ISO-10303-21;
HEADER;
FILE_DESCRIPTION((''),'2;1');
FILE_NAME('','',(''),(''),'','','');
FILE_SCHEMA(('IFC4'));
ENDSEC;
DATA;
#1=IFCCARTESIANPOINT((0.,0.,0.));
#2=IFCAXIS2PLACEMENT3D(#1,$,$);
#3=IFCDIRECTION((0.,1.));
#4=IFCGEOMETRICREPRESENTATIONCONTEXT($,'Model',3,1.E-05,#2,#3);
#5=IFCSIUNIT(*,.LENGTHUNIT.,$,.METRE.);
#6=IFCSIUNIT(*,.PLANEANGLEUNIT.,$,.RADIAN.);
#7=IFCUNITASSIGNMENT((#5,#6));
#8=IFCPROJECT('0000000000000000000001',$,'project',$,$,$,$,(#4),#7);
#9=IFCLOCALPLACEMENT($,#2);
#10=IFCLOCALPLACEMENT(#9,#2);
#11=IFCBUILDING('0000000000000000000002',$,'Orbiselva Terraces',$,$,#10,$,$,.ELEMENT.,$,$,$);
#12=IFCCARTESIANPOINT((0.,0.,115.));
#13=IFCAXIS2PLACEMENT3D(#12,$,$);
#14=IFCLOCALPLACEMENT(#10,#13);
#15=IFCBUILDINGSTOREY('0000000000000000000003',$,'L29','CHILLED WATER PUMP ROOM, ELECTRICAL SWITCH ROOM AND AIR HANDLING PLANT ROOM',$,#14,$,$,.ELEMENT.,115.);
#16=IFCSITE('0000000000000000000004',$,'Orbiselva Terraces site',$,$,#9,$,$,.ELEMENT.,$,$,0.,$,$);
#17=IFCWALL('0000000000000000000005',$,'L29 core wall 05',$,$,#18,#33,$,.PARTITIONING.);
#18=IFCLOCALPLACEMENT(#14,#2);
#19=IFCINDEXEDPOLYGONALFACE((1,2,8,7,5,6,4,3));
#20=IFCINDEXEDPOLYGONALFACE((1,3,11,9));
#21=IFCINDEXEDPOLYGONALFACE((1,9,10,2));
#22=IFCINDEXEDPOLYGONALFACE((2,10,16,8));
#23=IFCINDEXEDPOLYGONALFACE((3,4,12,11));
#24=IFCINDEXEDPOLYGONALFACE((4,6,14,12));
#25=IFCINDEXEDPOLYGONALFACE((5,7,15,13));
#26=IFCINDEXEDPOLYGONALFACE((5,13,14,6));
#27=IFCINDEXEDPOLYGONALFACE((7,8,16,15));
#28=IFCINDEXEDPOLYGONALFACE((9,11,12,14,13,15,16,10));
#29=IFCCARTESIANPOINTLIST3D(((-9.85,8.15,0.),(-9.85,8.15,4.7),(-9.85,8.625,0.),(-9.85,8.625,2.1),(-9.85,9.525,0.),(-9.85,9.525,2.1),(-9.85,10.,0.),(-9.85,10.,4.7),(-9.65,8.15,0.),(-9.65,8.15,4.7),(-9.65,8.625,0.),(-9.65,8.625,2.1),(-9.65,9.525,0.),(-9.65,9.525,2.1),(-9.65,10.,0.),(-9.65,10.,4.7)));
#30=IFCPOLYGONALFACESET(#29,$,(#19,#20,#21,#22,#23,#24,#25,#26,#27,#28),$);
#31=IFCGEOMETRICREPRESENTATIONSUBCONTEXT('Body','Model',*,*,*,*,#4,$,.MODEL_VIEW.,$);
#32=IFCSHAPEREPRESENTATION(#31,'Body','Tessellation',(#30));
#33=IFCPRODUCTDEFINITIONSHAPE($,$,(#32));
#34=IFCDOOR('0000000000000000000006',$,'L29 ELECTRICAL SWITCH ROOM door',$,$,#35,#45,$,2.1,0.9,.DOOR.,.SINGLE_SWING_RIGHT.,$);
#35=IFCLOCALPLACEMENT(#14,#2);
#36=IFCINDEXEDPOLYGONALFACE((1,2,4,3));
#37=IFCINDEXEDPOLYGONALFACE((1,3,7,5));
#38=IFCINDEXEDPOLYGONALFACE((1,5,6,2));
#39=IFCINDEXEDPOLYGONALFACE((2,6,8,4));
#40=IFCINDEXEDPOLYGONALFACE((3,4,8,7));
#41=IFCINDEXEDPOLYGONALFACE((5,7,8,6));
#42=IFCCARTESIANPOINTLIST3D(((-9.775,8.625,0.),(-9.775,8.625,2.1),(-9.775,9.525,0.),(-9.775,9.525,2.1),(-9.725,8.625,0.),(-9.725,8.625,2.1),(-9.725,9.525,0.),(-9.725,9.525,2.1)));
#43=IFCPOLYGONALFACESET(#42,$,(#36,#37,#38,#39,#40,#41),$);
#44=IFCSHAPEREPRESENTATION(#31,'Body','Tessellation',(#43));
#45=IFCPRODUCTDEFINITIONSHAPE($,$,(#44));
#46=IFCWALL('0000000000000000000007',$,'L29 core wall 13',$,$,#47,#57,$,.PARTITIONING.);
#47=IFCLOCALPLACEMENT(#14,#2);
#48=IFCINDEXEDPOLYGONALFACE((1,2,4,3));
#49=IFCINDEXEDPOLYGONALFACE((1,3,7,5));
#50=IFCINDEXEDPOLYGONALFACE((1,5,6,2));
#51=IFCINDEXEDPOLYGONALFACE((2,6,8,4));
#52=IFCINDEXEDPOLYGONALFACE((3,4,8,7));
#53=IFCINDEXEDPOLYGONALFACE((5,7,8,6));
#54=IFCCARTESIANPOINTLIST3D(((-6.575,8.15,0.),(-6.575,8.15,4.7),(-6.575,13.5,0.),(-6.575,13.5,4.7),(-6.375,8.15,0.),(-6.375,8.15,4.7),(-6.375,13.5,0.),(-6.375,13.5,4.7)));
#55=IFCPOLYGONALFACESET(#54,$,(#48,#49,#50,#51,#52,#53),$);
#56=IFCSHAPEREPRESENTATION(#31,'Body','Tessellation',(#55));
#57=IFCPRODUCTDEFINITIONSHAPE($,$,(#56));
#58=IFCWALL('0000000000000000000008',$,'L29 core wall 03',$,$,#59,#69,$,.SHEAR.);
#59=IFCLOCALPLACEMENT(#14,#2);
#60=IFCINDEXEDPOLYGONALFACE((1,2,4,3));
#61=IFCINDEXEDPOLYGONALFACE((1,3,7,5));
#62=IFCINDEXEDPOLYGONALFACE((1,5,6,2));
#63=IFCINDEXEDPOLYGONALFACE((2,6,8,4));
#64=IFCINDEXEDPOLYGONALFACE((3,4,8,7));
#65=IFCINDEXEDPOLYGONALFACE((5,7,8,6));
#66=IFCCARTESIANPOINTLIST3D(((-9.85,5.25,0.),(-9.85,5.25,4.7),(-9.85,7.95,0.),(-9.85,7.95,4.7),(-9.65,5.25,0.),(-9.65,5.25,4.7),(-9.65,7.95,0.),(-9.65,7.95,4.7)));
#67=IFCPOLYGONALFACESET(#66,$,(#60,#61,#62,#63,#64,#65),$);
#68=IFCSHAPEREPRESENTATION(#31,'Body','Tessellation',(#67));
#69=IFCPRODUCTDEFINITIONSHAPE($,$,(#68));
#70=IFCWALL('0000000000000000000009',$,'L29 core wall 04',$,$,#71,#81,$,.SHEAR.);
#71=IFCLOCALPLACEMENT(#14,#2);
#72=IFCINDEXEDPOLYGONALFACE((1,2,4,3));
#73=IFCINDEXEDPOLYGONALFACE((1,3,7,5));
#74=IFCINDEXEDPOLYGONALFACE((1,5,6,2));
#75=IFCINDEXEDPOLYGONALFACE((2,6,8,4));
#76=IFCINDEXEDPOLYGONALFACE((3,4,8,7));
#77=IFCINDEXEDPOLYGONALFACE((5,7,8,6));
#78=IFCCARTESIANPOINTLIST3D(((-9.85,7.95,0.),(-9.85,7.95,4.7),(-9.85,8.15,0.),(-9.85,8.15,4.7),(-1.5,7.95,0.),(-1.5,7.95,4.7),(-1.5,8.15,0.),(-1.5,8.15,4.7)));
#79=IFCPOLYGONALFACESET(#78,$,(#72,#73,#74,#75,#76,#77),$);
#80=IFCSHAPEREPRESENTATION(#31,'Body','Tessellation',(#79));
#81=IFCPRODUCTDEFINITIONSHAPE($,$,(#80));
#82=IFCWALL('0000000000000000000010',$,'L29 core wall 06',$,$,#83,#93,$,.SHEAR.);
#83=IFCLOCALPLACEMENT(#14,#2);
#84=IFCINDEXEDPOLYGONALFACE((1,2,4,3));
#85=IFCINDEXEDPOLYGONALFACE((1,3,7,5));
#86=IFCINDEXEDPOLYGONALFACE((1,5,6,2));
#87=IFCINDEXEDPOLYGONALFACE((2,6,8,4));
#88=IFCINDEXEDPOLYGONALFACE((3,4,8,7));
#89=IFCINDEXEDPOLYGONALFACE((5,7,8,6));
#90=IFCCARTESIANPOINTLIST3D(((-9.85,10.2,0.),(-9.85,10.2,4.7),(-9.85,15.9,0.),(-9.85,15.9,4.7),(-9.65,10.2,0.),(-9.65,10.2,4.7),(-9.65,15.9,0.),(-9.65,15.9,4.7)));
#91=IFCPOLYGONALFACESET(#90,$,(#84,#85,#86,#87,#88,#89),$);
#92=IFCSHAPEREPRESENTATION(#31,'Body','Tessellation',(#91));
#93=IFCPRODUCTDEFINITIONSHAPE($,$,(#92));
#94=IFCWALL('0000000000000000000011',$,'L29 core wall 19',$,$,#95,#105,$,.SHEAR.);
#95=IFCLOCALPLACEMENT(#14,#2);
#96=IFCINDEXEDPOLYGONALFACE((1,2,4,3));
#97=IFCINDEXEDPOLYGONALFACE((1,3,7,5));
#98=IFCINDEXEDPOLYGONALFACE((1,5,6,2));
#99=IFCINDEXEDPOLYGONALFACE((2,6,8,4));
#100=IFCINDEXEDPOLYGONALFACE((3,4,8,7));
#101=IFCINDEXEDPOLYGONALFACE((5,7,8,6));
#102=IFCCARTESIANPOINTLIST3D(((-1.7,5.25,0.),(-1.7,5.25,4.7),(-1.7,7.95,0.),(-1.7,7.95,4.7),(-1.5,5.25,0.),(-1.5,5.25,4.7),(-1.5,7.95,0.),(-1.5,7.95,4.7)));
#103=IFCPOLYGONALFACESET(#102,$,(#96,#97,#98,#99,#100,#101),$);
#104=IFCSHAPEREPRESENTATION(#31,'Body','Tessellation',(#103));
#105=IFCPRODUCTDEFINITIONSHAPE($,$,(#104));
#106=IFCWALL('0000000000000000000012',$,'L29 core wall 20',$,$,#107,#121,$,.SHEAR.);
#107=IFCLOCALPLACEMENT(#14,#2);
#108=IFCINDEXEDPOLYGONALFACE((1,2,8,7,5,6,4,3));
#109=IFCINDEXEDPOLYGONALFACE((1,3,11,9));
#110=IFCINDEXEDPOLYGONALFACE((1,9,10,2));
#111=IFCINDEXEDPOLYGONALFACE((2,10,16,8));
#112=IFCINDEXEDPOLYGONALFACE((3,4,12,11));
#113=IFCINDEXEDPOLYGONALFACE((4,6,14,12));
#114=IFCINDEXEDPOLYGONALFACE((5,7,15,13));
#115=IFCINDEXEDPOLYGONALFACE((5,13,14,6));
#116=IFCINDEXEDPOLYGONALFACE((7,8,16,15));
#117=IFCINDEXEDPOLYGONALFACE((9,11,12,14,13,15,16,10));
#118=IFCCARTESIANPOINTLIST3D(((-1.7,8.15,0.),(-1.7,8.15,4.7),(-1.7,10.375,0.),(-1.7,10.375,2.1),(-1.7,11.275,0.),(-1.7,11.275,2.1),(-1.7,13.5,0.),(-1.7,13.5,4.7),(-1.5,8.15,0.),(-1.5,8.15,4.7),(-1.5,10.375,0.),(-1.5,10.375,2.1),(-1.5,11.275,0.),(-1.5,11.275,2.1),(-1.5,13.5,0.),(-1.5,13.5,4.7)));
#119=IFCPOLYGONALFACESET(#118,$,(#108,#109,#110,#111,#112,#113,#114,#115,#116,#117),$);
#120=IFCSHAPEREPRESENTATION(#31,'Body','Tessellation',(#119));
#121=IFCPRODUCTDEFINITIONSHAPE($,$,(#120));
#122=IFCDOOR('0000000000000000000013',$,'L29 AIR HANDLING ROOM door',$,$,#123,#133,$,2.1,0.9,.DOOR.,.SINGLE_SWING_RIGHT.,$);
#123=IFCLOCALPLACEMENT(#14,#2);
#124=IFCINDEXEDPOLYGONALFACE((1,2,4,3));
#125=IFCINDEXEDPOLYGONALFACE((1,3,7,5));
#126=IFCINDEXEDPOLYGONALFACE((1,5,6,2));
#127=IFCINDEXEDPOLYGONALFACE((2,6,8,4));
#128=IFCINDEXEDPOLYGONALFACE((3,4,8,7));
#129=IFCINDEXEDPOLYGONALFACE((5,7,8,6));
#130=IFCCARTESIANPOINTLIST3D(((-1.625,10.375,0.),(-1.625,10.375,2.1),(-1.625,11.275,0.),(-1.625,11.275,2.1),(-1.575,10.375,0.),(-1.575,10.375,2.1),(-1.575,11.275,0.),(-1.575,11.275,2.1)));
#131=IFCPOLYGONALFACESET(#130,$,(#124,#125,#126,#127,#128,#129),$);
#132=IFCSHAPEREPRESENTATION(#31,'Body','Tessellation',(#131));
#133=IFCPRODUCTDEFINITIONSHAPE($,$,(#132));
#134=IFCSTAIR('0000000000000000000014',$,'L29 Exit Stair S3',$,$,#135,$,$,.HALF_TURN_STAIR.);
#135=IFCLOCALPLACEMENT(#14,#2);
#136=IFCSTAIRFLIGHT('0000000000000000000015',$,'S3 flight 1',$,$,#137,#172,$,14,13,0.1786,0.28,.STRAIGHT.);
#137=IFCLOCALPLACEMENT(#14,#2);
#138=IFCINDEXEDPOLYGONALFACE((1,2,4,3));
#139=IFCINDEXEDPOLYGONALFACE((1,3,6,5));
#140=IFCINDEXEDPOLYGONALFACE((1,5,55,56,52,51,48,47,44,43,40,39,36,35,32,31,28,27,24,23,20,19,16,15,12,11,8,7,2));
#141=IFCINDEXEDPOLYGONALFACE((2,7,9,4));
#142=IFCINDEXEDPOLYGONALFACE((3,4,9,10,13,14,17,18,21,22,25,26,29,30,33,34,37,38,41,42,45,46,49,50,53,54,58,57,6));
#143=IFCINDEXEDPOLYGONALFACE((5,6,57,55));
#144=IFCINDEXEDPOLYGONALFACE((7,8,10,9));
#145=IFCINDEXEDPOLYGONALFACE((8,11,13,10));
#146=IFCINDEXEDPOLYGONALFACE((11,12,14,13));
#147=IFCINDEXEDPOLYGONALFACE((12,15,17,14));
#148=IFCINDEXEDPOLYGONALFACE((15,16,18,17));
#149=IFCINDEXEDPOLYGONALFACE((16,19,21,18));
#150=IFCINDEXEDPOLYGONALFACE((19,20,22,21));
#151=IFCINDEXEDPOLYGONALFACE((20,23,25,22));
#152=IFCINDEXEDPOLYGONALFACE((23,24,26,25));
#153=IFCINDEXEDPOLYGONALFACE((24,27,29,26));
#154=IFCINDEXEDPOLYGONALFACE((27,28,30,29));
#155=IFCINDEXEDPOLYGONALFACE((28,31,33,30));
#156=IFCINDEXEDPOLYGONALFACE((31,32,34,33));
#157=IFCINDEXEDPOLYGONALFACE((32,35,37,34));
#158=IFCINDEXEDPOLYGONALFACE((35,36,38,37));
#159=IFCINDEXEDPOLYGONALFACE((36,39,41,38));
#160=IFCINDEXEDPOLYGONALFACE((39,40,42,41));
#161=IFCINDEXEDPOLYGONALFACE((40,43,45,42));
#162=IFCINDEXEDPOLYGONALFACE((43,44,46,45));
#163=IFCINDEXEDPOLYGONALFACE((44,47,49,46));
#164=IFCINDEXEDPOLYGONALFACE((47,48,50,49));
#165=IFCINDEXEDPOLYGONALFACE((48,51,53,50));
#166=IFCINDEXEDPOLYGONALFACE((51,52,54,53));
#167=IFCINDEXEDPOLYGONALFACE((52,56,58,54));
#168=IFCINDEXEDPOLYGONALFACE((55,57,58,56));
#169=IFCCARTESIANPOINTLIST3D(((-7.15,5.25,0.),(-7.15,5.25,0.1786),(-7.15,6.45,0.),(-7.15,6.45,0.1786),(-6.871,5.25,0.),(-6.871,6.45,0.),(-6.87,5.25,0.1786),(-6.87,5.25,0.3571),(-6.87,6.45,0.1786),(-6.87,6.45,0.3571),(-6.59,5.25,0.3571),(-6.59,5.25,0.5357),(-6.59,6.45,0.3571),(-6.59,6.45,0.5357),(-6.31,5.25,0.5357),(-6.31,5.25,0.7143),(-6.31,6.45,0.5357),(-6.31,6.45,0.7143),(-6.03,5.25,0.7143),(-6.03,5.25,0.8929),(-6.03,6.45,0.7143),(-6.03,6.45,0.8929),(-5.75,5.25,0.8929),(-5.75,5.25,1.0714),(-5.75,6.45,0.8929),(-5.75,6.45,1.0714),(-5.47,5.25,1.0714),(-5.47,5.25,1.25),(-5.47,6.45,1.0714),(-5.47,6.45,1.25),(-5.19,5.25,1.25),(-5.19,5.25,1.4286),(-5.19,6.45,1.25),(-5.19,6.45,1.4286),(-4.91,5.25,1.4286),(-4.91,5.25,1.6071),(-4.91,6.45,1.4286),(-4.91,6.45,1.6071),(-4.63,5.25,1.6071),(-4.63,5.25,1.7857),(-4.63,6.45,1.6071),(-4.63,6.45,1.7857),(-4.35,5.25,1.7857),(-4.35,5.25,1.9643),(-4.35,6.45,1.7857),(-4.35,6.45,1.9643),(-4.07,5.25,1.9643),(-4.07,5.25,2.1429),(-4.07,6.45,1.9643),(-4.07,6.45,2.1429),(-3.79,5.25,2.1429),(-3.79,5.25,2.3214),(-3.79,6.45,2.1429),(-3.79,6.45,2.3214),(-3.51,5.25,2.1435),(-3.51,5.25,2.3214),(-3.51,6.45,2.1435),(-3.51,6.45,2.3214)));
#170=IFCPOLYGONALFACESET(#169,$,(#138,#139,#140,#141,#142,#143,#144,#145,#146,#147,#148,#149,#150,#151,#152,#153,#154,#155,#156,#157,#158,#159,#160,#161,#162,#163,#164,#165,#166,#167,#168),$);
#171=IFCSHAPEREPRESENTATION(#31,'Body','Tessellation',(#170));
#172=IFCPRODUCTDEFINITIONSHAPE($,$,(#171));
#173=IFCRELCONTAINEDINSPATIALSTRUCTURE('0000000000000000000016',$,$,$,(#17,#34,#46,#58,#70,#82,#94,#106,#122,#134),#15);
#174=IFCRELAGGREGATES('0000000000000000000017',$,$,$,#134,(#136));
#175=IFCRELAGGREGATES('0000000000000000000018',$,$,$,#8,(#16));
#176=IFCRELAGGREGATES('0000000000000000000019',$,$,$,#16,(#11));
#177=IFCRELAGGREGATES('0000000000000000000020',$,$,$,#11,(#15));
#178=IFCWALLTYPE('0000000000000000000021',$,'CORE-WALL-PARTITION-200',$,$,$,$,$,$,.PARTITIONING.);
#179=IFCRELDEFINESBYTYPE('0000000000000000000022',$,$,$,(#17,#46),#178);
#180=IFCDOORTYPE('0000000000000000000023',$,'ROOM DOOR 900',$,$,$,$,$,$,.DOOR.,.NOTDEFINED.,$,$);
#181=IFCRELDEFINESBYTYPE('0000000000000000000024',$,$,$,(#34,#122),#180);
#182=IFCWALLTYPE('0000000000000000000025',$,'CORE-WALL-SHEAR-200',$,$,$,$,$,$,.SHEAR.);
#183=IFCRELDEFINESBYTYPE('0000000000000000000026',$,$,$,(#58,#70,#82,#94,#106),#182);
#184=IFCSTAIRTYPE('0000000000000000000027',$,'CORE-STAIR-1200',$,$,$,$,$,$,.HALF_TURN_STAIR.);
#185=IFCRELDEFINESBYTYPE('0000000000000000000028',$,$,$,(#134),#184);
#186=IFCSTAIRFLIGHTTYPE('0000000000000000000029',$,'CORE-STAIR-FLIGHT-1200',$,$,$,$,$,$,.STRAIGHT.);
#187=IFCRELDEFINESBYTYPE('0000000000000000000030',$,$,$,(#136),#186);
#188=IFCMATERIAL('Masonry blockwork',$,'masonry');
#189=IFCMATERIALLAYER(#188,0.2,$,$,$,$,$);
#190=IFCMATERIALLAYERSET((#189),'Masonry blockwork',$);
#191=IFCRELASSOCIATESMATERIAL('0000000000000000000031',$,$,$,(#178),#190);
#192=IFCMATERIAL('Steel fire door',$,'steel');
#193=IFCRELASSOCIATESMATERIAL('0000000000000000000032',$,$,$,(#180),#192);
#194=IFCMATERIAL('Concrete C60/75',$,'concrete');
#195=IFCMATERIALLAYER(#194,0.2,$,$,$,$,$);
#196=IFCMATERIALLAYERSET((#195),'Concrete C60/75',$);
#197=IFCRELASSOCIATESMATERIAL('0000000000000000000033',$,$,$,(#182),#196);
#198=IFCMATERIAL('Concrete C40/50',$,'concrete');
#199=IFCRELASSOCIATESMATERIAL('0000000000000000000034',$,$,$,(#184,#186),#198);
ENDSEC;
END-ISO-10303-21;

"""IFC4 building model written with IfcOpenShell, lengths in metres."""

from ifc_helpers import new_model, si_unit, direction, frame, frame_2d, origin, place, context, subcontext, project, spatial, polyline, rectangle, outline, extrude, material, layer, layer_set, type_object, element, fill, aggregate, save


model = new_model("IFC4")

# Units and contexts
model_context = context("Model", 3, precision=1e-05, world=origin(), true_north=direction((0.0, 1.0)))
body_context = subcontext(model_context, "Body", "Model", "MODEL_VIEW")
ifc_project = project(units=[si_unit("LENGTHUNIT", "METRE"), si_unit("PLANEANGLEUNIT", "RADIAN")], contexts=[model_context])

# Site, building, storey
site_placement = place(None, origin())
site = spatial("IfcSite", under=ifc_project, at=site_placement, Name="Orbiselva Terraces site", CompositionType="ELEMENT", RefElevation=0.0)
building_placement = place(site_placement, origin())
building = spatial("IfcBuilding", under=site, at=building_placement, Name="Orbiselva Terraces", CompositionType="ELEMENT")
storey_placement = place(building_placement, frame((0.0, 0.0, 115.0)))
storey = spatial("IfcBuildingStorey", under=building, at=storey_placement, Name="L29", Description="CHILLED WATER PUMP ROOM, ELECTRICAL SWITCH ROOM AND AIR HANDLING PLANT ROOM", CompositionType="ELEMENT", Elevation=115.0)

# Wall, opening, door
ifc_material_1 = material(Name="Masonry blockwork", Category="masonry")
ifc_layer_1 = layer(ifc_material_1, 0.2)
ifc_layer_set_1 = layer_set([ifc_layer_1], Name="Masonry blockwork")
wall_type_1 = type_object("IfcWallType", Name="CORE-WALL-PARTITION-200", PredefinedType="PARTITIONING", material=ifc_layer_set_1)
wall_1_placement = place(storey_placement, frame((-9.75, 8.15, 0.0), z_axis=(0.0, 0.0, 1.0), x_axis=(0.0, 1.0, 0.0)))
wall_1 = element("IfcWall", 1, at=wall_1_placement, inside=storey, type_object=wall_type_1, Name="L29 core wall 05", PredefinedType="PARTITIONING", context=body_context, shape_type="SweptSolid", body=[
    extrude(rectangle(XDim=1.85, YDim=0.2, at=frame_2d((0.925, 0.0))), origin(), (0.0, 0.0, 1.0), 4.7),
])
opening_1_placement = place(wall_1_placement, frame((0.475, 0.0, 0.0)))
opening_1 = element("IfcOpeningElement", 2, at=opening_1_placement, cuts=wall_1, PredefinedType="OPENING", context=body_context, shape_type="SweptSolid", body=[
    extrude(rectangle(XDim=0.9, YDim=2.1, at=frame_2d((0.45, 1.05))), frame((0.0, 0.11, 0.0), z_axis=(0.0, -1.0, 0.0), x_axis=(1.0, 0.0, 0.0)), (0.0, 0.0, 1.0), 0.22),
])
ifc_material_2 = material(Name="Steel fire door", Category="steel")
door_type = type_object("IfcDoorType", Name="ROOM DOOR 900", OperationType="NOTDEFINED", PredefinedType="DOOR", material=ifc_material_2)
door_1_placement = place(opening_1_placement, origin())
door_1 = element("IfcDoor", 3, at=door_1_placement, inside=storey, type_object=door_type, Name="L29 ELECTRICAL SWITCH ROOM door", OperationType="SINGLE_SWING_RIGHT", OverallHeight=2.1, OverallWidth=0.9, PredefinedType="DOOR", context=body_context, shape_type="SweptSolid", body=[
    extrude(rectangle(XDim=0.9, YDim=2.1, at=frame_2d((0.45, 1.05))), frame((0.0, 0.025, 0.0), z_axis=(0.0, -1.0, 0.0), x_axis=(1.0, 0.0, 0.0)), (0.0, 0.0, 1.0), 0.05),
])
fill(opening_1, door_1)

# Walls
wall_2_placement = place(storey_placement, frame((-6.475, 8.15, 0.0), z_axis=(0.0, 0.0, 1.0), x_axis=(0.0, 1.0, 0.0)))
element("IfcWall", 4, at=wall_2_placement, inside=storey, type_object=wall_type_1, Name="L29 core wall 13", PredefinedType="PARTITIONING", context=body_context, shape_type="SweptSolid", body=[
    extrude(rectangle(XDim=5.35, YDim=0.2, at=frame_2d((2.675, 0.0))), origin(), (0.0, 0.0, 1.0), 4.7),
])
ifc_material_3 = material(Name="Concrete C60/75", Category="concrete")
ifc_layer_2 = layer(ifc_material_3, 0.2)
ifc_layer_set_2 = layer_set([ifc_layer_2], Name="Concrete C60/75")
wall_type_2 = type_object("IfcWallType", Name="CORE-WALL-SHEAR-200", PredefinedType="SHEAR", material=ifc_layer_set_2)
wall_3_placement = place(storey_placement, frame((-9.75, 5.25, 0.0), z_axis=(0.0, 0.0, 1.0), x_axis=(0.0, 1.0, 0.0)))
element("IfcWall", 5, at=wall_3_placement, inside=storey, type_object=wall_type_2, Name="L29 core wall 03", PredefinedType="SHEAR", context=body_context, shape_type="SweptSolid", body=[
    extrude(rectangle(XDim=2.7, YDim=0.2, at=frame_2d((1.35, 0.0))), origin(), (0.0, 0.0, 1.0), 4.7),
])
wall_4_placement = place(storey_placement, frame((-9.85, 8.05, 0.0), z_axis=(0.0, 0.0, 1.0), x_axis=(1.0, 0.0, 0.0)))
element("IfcWall", 6, at=wall_4_placement, inside=storey, type_object=wall_type_2, Name="L29 core wall 04", PredefinedType="SHEAR", context=body_context, shape_type="SweptSolid", body=[
    extrude(rectangle(XDim=8.35, YDim=0.2, at=frame_2d((4.175, 0.0))), origin(), (0.0, 0.0, 1.0), 4.7),
])
wall_5_placement = place(storey_placement, frame((-9.75, 10.2, 0.0), z_axis=(0.0, 0.0, 1.0), x_axis=(0.0, 1.0, 0.0)))
element("IfcWall", 7, at=wall_5_placement, inside=storey, type_object=wall_type_2, Name="L29 core wall 06", PredefinedType="SHEAR", context=body_context, shape_type="SweptSolid", body=[
    extrude(rectangle(XDim=5.7, YDim=0.2, at=frame_2d((2.85, 0.0))), origin(), (0.0, 0.0, 1.0), 4.7),
])
wall_6_placement = place(storey_placement, frame((-1.6, 5.25, 0.0), z_axis=(0.0, 0.0, 1.0), x_axis=(0.0, 1.0, 0.0)))
element("IfcWall", 8, at=wall_6_placement, inside=storey, type_object=wall_type_2, Name="L29 core wall 19", PredefinedType="SHEAR", context=body_context, shape_type="SweptSolid", body=[
    extrude(rectangle(XDim=2.7, YDim=0.2, at=frame_2d((1.35, 0.0))), origin(), (0.0, 0.0, 1.0), 4.7),
])

# Wall, opening, door
wall_7_placement = place(storey_placement, frame((-1.6, 8.15, 0.0), z_axis=(0.0, 0.0, 1.0), x_axis=(0.0, 1.0, 0.0)))
wall_7 = element("IfcWall", 9, at=wall_7_placement, inside=storey, type_object=wall_type_2, Name="L29 core wall 20", PredefinedType="SHEAR", context=body_context, shape_type="SweptSolid", body=[
    extrude(rectangle(XDim=5.35, YDim=0.2, at=frame_2d((2.675, 0.0))), origin(), (0.0, 0.0, 1.0), 4.7),
])
opening_2_placement = place(wall_7_placement, frame((2.225, 0.0, 0.0)))
opening_2 = element("IfcOpeningElement", 10, at=opening_2_placement, cuts=wall_7, PredefinedType="OPENING", context=body_context, shape_type="SweptSolid", body=[
    extrude(rectangle(XDim=0.9, YDim=2.1, at=frame_2d((0.45, 1.05))), frame((0.0, 0.11, 0.0), z_axis=(0.0, -1.0, 0.0), x_axis=(1.0, 0.0, 0.0)), (0.0, 0.0, 1.0), 0.22),
])
door_2_placement = place(opening_2_placement, origin())
door_2 = element("IfcDoor", 11, at=door_2_placement, inside=storey, type_object=door_type, Name="L29 AIR HANDLING ROOM door", OperationType="SINGLE_SWING_RIGHT", OverallHeight=2.1, OverallWidth=0.9, PredefinedType="DOOR", context=body_context, shape_type="SweptSolid", body=[
    extrude(rectangle(XDim=0.9, YDim=2.1, at=frame_2d((0.45, 1.05))), frame((0.0, 0.025, 0.0), z_axis=(0.0, -1.0, 0.0), x_axis=(1.0, 0.0, 0.0)), (0.0, 0.0, 1.0), 0.05),
])
fill(opening_2, door_2)

# Stair, stair flight
ifc_material_4 = material(Name="Concrete C40/50", Category="concrete")
stair_type_1 = type_object("IfcStairType", Name="CORE-STAIR-1200", PredefinedType="HALF_TURN_STAIR", material=ifc_material_4)
stair_1_placement = place(storey_placement, origin())
stair_1 = element("IfcStair", 12, at=stair_1_placement, inside=storey, type_object=stair_type_1, Name="L29 Exit Stair S3", PredefinedType="HALF_TURN_STAIR")
stair_flight_type_1 = type_object("IfcStairFlightType", Name="CORE-STAIR-FLIGHT-1200", PredefinedType="STRAIGHT", material=ifc_material_4)
stair_flight_1_placement = place(storey_placement, frame((-7.15, 5.85, 0.0), z_axis=(0.0, 0.0, 1.0), x_axis=(1.0, 0.0, 0.0)))
stair_flight_1 = element("IfcStairFlight", 13, at=stair_flight_1_placement, type_object=stair_flight_type_1, Name="S3 flight 1", NumberOfRisers=14, NumberOfTreads=13, PredefinedType="STRAIGHT", RiserHeight=0.1786, TreadLength=0.28, context=body_context, shape_type="SweptSolid", body=[
    extrude(outline(polyline([(0.0, 0.0), (0.0, 0.1786), (0.28, 0.1786), (0.28, 0.3571), (0.56, 0.3571), (0.56, 0.5357), (0.84, 0.5357), (0.84, 0.7143), (1.12, 0.7143), (1.12, 0.8929), (1.4, 0.8929), (1.4, 1.0714), (1.68, 1.0714), (1.68, 1.25), (1.96, 1.25), (1.96, 1.4286), (2.24, 1.4286), (2.24, 1.6071), (2.52, 1.6071), (2.52, 1.7857), (2.8, 1.7857), (2.8, 1.9643), (3.08, 1.9643), (3.08, 2.1429), (3.36, 2.1429), (3.36, 2.3214), (3.64, 2.3214), (3.64, 2.5), (3.64, 2.1435), (0.279, 0.0), (0.0, 0.0)])), frame((0.0, 0.6, 0.0), z_axis=(0.0, -1.0, 0.0), x_axis=(1.0, 0.0, 0.0)), (0.0, 0.0, 1.0), 1.2),
])
aggregate(stair_1, [stair_flight_1])

save(model, "model.ifc")
